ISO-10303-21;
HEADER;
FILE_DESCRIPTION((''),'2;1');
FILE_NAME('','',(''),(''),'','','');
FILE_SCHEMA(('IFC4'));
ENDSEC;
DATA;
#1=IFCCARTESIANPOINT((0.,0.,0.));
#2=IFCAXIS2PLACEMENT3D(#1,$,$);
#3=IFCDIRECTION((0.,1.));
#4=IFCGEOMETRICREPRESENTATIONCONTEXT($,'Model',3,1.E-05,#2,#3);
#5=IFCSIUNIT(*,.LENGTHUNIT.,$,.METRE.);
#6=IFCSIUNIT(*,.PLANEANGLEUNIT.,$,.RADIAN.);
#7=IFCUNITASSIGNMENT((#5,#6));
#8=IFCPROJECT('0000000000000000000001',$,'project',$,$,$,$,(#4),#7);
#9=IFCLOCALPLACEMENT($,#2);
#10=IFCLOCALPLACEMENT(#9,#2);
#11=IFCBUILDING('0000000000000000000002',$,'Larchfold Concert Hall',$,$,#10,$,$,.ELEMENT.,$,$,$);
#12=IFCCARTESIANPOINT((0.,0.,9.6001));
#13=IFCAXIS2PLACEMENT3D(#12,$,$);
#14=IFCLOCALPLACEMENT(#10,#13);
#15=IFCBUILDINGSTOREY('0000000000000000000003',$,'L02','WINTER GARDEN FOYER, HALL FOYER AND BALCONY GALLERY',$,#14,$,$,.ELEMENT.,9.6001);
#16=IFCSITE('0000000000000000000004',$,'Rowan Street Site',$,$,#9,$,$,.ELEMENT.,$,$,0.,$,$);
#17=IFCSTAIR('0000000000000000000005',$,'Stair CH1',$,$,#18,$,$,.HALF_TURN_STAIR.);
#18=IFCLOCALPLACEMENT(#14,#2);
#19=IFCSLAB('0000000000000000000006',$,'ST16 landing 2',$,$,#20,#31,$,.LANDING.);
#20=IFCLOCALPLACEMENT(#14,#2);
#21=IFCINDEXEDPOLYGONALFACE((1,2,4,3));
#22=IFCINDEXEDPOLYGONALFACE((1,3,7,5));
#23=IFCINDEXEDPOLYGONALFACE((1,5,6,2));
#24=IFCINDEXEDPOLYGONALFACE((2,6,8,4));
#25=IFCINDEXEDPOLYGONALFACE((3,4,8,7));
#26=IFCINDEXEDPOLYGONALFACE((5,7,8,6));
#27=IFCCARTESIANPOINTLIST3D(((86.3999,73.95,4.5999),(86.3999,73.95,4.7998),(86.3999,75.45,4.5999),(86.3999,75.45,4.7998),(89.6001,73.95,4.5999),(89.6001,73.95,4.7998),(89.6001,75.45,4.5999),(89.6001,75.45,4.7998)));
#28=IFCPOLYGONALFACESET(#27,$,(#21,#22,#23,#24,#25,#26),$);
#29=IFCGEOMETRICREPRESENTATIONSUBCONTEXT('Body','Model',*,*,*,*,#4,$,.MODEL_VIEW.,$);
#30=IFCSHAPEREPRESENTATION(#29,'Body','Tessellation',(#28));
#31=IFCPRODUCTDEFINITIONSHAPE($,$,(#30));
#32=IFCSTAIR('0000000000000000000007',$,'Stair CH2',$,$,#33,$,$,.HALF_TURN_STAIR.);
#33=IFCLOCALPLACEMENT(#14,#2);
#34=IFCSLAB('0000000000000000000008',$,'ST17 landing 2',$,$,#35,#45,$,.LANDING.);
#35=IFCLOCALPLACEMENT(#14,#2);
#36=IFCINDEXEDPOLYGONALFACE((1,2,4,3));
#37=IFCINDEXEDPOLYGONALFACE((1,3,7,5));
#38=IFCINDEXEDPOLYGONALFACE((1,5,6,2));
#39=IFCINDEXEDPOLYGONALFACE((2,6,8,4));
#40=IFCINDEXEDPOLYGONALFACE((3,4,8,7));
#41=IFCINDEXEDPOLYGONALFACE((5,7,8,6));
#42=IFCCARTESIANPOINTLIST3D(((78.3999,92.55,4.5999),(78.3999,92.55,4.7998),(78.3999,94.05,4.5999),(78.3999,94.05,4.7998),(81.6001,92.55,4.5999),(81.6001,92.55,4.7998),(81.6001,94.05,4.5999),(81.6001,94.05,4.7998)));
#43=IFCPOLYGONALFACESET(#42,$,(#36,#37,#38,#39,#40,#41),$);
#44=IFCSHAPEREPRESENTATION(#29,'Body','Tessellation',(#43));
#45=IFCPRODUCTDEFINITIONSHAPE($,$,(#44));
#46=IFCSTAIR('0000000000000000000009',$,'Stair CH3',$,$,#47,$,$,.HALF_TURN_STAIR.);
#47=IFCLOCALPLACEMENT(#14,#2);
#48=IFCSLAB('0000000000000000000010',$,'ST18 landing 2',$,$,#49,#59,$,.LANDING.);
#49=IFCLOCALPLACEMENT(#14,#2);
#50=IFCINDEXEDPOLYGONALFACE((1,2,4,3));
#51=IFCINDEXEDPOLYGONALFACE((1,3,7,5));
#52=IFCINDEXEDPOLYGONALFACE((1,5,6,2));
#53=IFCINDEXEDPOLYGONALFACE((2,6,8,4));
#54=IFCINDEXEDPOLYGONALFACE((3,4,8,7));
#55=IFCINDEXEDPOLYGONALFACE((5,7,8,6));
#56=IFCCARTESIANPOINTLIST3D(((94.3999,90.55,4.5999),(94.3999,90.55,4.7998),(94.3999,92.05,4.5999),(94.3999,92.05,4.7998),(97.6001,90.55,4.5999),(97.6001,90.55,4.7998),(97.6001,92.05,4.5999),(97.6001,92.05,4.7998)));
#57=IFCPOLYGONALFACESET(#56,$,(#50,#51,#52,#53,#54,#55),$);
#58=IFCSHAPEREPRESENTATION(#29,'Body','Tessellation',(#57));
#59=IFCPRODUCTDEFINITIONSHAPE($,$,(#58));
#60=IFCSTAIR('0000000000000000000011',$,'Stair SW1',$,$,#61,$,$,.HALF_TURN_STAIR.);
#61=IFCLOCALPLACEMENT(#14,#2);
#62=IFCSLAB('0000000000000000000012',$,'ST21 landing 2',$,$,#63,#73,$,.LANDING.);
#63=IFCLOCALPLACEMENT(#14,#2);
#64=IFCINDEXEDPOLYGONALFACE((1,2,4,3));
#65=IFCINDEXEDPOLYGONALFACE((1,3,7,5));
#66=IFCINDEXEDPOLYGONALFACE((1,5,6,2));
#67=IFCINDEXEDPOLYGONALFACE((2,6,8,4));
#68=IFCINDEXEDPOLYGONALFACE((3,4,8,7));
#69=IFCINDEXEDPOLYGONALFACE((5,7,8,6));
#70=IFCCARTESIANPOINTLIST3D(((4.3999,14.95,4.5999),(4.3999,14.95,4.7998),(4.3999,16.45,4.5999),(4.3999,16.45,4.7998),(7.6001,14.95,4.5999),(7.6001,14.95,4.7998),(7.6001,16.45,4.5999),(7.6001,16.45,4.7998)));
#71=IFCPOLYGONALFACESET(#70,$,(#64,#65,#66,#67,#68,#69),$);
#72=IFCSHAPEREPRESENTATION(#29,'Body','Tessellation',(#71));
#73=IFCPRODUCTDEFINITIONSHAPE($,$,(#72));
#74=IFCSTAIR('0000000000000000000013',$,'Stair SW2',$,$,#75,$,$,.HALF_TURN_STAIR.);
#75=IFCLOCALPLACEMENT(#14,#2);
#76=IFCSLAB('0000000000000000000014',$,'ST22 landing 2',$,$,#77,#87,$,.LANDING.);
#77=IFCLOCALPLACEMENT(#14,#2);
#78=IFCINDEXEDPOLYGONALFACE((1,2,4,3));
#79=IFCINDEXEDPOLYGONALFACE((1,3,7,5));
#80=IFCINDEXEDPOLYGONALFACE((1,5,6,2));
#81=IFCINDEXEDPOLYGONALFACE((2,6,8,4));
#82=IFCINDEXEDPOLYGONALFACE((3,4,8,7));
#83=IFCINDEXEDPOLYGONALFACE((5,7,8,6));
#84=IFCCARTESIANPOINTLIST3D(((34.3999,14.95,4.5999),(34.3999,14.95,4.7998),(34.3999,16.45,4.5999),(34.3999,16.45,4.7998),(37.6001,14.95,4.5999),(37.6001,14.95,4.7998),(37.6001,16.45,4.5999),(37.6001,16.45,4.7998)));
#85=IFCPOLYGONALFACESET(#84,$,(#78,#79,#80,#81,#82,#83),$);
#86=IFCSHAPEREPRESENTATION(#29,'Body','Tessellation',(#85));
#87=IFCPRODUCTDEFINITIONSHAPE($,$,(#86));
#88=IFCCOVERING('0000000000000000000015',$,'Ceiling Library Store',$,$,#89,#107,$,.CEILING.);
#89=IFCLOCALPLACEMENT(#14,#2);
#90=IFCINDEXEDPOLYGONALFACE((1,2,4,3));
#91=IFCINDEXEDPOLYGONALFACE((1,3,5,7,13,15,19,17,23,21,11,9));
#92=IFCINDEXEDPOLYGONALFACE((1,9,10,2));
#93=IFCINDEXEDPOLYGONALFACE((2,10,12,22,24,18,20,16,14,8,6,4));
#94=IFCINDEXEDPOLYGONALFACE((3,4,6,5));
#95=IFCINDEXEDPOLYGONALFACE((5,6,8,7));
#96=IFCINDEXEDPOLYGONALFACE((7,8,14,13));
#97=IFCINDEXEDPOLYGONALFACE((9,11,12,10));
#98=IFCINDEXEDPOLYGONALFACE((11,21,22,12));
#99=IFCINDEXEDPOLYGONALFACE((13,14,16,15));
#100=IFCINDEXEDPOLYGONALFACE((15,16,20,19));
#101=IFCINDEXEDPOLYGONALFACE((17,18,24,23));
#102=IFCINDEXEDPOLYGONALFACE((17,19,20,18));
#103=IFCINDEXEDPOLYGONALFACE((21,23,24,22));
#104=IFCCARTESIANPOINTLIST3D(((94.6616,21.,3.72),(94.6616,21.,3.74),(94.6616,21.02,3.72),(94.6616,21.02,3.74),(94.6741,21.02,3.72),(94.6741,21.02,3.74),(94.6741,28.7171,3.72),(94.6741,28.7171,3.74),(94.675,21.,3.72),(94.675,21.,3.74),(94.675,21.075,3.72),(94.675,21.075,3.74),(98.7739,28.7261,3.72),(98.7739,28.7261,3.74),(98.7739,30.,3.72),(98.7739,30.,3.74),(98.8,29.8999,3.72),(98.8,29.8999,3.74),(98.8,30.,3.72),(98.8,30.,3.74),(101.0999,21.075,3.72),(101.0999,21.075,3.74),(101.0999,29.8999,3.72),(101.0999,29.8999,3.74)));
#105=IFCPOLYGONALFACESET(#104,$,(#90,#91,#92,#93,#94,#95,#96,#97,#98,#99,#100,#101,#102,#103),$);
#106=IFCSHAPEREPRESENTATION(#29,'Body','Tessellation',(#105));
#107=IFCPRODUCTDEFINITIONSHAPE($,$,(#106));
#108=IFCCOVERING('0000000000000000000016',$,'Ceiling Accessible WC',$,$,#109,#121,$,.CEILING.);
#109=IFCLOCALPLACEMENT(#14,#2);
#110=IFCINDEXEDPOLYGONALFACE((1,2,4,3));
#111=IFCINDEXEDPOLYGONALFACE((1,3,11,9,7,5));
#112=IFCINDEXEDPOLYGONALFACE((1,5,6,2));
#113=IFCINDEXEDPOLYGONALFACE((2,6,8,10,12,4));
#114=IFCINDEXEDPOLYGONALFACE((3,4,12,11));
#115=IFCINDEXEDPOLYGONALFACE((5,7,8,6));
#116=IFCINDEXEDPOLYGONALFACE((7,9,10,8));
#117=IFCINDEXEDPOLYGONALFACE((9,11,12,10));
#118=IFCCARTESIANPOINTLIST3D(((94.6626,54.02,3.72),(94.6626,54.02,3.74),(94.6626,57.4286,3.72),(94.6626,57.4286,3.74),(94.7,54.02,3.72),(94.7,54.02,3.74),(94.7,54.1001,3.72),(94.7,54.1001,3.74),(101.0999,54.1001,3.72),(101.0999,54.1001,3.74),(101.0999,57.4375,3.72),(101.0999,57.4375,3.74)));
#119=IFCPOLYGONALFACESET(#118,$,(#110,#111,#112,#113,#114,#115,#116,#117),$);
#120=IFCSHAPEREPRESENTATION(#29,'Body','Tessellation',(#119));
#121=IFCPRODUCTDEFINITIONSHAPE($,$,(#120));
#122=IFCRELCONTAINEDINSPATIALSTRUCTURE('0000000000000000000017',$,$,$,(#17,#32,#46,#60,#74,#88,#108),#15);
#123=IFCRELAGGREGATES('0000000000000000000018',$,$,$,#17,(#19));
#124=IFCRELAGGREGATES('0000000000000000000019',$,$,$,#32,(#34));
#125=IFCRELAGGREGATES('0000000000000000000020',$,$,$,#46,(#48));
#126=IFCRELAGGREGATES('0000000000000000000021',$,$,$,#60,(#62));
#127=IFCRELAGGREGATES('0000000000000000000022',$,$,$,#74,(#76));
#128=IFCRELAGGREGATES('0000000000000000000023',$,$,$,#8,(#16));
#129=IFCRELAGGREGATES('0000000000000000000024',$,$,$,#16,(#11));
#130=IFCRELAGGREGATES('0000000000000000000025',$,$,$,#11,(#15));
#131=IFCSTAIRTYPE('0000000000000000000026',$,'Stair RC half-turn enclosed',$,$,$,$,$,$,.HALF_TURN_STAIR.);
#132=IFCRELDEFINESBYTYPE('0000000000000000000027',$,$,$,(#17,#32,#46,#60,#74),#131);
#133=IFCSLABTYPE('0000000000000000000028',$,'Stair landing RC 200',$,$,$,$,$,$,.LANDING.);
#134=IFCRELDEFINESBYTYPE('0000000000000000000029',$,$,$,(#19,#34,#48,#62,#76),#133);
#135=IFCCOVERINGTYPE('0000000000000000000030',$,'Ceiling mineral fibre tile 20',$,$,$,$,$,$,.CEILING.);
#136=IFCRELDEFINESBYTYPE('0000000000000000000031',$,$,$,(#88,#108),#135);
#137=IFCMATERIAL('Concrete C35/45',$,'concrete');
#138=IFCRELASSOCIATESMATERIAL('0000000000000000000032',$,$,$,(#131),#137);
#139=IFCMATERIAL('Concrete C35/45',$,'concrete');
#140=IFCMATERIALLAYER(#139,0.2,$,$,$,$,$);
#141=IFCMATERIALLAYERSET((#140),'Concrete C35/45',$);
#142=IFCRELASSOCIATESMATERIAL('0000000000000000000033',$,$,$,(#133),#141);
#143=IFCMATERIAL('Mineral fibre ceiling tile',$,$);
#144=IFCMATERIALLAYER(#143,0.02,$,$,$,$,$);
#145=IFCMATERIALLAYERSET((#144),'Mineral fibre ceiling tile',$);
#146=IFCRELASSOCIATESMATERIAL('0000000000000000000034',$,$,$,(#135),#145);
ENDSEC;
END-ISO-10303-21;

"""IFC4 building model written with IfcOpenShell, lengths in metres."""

from ifc_helpers import new_model, si_unit, direction, frame, origin, place, context, subcontext, project, spatial, polyline, outline, extrude, material, layer, layer_set, type_object, element, aggregate, save


model = new_model("IFC4")

# Units and contexts
model_context = context("Model", 3, precision=1e-05, world=origin(), true_north=direction((0.0, 1.0)))
body_context = subcontext(model_context, "Body", "Model", "MODEL_VIEW")
ifc_project = project(units=[si_unit("LENGTHUNIT", "METRE"), si_unit("PLANEANGLEUNIT", "RADIAN")], contexts=[model_context])

# Site, building, storey
site_placement = place(None, origin())
site = spatial("IfcSite", under=ifc_project, at=site_placement, Name="Rowan Street Site", CompositionType="ELEMENT", RefElevation=0.0)
building_placement = place(site_placement, origin())
building = spatial("IfcBuilding", under=site, at=building_placement, Name="Larchfold Concert Hall", CompositionType="ELEMENT")
storey_placement = place(building_placement, frame((0.0, 0.0, 9.6001)))
storey = spatial("IfcBuildingStorey", under=building, at=storey_placement, Name="L02", Description="WINTER GARDEN FOYER, HALL FOYER AND BALCONY GALLERY", CompositionType="ELEMENT", Elevation=9.6001)

# Stairs, slabs
ifc_material_1 = material(Name="Concrete C35/45", Category="concrete")
stair_type = type_object("IfcStairType", Name="Stair RC half-turn enclosed", PredefinedType="HALF_TURN_STAIR", material=ifc_material_1)
ifc_material_2 = material(Name="Concrete C35/45", Category="concrete")
ifc_layer_1 = layer(ifc_material_2, 0.2)
ifc_layer_set_1 = layer_set([ifc_layer_1], Name="Concrete C35/45")
slab_type = type_object("IfcSlabType", Name="Stair landing RC 200", PredefinedType="LANDING", material=ifc_layer_set_1)
stair_1_placement = place(storey_placement, origin())
stair_1 = element("IfcStair", 1, at=stair_1_placement, inside=storey, type_object=stair_type, Name="Stair CH1", PredefinedType="HALF_TURN_STAIR")
slab_1_placement = place(storey_placement, frame((0.0, 0.0, 4.5999)))
slab_1 = element("IfcSlab", 2, at=slab_1_placement, type_object=slab_type, Name="ST16 landing 2", PredefinedType="LANDING", context=body_context, shape_type="SweptSolid", body=[
    extrude(outline(polyline([(86.3999, 75.45), (86.3999, 73.95), (89.6001, 73.95), (89.6001, 75.45), (86.3999, 75.45)])), origin(), (0.0, 0.0, 1.0), 0.2),
])
aggregate(stair_1, [slab_1])
stair_2_placement = place(storey_placement, origin())
stair_2 = element("IfcStair", 3, at=stair_2_placement, inside=storey, type_object=stair_type, Name="Stair CH2", PredefinedType="HALF_TURN_STAIR")
slab_2_placement = place(storey_placement, frame((0.0, 0.0, 4.5999)))
slab_2 = element("IfcSlab", 4, at=slab_2_placement, type_object=slab_type, Name="ST17 landing 2", PredefinedType="LANDING", context=body_context, shape_type="SweptSolid", body=[
    extrude(outline(polyline([(81.6001, 92.55), (81.6001, 94.05), (78.3999, 94.05), (78.3999, 92.55), (81.6001, 92.55)])), origin(), (0.0, 0.0, 1.0), 0.2),
])
aggregate(stair_2, [slab_2])
stair_3_placement = place(storey_placement, origin())
stair_3 = element("IfcStair", 5, at=stair_3_placement, inside=storey, type_object=stair_type, Name="Stair CH3", PredefinedType="HALF_TURN_STAIR")
slab_3_placement = place(storey_placement, frame((0.0, 0.0, 4.5999)))
slab_3 = element("IfcSlab", 6, at=slab_3_placement, type_object=slab_type, Name="ST18 landing 2", PredefinedType="LANDING", context=body_context, shape_type="SweptSolid", body=[
    extrude(outline(polyline([(97.6001, 90.55), (97.6001, 92.05), (94.3999, 92.05), (94.3999, 90.55), (97.6001, 90.55)])), origin(), (0.0, 0.0, 1.0), 0.2),
])
aggregate(stair_3, [slab_3])
stair_4_placement = place(storey_placement, origin())
stair_4 = element("IfcStair", 7, at=stair_4_placement, inside=storey, type_object=stair_type, Name="Stair SW1", PredefinedType="HALF_TURN_STAIR")
slab_4_placement = place(storey_placement, frame((0.0, 0.0, 4.5999)))
slab_4 = element("IfcSlab", 8, at=slab_4_placement, type_object=slab_type, Name="ST21 landing 2", PredefinedType="LANDING", context=body_context, shape_type="SweptSolid", body=[
    extrude(outline(polyline([(4.3999, 16.45), (4.3999, 14.95), (7.6001, 14.95), (7.6001, 16.45), (4.3999, 16.45)])), origin(), (0.0, 0.0, 1.0), 0.2),
])
aggregate(stair_4, [slab_4])
stair_5_placement = place(storey_placement, origin())
stair_5 = element("IfcStair", 9, at=stair_5_placement, inside=storey, type_object=stair_type, Name="Stair SW2", PredefinedType="HALF_TURN_STAIR")
slab_5_placement = place(storey_placement, frame((0.0, 0.0, 4.5999)))
slab_5 = element("IfcSlab", 10, at=slab_5_placement, type_object=slab_type, Name="ST22 landing 2", PredefinedType="LANDING", context=body_context, shape_type="SweptSolid", body=[
    extrude(outline(polyline([(34.3999, 16.45), (34.3999, 14.95), (37.6001, 14.95), (37.6001, 16.45), (34.3999, 16.45)])), origin(), (0.0, 0.0, 1.0), 0.2),
])
aggregate(stair_5, [slab_5])

# Coverings
ifc_material_3 = material(Name="Mineral fibre ceiling tile")
ifc_layer_2 = layer(ifc_material_3, 0.02)
ifc_layer_set_2 = layer_set([ifc_layer_2], Name="Mineral fibre ceiling tile")
covering_type_1 = type_object("IfcCoveringType", Name="Ceiling mineral fibre tile 20", PredefinedType="CEILING", material=ifc_layer_set_2)
covering_1_placement = place(storey_placement, frame((0.0, 0.0, 3.72)))
element("IfcCovering", 11, at=covering_1_placement, inside=storey, type_object=covering_type_1, Name="Ceiling Library Store", PredefinedType="CEILING", context=body_context, shape_type="SweptSolid", body=[
    extrude(outline(polyline([(94.657, 28.717), (94.6741, 28.717), (94.6741, 21.02), (94.6616, 21.02), (94.6616, 21.0), (94.675, 21.0), (94.675, 21.075), (101.0999, 21.075), (101.0999, 29.8999), (98.8, 29.8999), (98.8, 30.0), (98.7739, 30.0), (98.7739, 28.7261), (94.657, 28.717)])), origin(), (0.0, 0.0, 1.0), 0.02),
])
covering_2_placement = place(storey_placement, frame((0.0, 0.0, 3.72)))
element("IfcCovering", 12, at=covering_2_placement, inside=storey, type_object=covering_type_1, Name="Ceiling Accessible WC", PredefinedType="CEILING", context=body_context, shape_type="SweptSolid", body=[
    extrude(outline(polyline([(94.6001, 57.4285), (94.6626, 57.4285), (94.6626, 54.02), (94.7, 54.02), (94.7, 54.1001), (101.0999, 54.1001), (101.0999, 57.4375), (94.6001, 57.4285)])), origin(), (0.0, 0.0, 1.0), 0.02),
])

save(model, "model.ifc")
